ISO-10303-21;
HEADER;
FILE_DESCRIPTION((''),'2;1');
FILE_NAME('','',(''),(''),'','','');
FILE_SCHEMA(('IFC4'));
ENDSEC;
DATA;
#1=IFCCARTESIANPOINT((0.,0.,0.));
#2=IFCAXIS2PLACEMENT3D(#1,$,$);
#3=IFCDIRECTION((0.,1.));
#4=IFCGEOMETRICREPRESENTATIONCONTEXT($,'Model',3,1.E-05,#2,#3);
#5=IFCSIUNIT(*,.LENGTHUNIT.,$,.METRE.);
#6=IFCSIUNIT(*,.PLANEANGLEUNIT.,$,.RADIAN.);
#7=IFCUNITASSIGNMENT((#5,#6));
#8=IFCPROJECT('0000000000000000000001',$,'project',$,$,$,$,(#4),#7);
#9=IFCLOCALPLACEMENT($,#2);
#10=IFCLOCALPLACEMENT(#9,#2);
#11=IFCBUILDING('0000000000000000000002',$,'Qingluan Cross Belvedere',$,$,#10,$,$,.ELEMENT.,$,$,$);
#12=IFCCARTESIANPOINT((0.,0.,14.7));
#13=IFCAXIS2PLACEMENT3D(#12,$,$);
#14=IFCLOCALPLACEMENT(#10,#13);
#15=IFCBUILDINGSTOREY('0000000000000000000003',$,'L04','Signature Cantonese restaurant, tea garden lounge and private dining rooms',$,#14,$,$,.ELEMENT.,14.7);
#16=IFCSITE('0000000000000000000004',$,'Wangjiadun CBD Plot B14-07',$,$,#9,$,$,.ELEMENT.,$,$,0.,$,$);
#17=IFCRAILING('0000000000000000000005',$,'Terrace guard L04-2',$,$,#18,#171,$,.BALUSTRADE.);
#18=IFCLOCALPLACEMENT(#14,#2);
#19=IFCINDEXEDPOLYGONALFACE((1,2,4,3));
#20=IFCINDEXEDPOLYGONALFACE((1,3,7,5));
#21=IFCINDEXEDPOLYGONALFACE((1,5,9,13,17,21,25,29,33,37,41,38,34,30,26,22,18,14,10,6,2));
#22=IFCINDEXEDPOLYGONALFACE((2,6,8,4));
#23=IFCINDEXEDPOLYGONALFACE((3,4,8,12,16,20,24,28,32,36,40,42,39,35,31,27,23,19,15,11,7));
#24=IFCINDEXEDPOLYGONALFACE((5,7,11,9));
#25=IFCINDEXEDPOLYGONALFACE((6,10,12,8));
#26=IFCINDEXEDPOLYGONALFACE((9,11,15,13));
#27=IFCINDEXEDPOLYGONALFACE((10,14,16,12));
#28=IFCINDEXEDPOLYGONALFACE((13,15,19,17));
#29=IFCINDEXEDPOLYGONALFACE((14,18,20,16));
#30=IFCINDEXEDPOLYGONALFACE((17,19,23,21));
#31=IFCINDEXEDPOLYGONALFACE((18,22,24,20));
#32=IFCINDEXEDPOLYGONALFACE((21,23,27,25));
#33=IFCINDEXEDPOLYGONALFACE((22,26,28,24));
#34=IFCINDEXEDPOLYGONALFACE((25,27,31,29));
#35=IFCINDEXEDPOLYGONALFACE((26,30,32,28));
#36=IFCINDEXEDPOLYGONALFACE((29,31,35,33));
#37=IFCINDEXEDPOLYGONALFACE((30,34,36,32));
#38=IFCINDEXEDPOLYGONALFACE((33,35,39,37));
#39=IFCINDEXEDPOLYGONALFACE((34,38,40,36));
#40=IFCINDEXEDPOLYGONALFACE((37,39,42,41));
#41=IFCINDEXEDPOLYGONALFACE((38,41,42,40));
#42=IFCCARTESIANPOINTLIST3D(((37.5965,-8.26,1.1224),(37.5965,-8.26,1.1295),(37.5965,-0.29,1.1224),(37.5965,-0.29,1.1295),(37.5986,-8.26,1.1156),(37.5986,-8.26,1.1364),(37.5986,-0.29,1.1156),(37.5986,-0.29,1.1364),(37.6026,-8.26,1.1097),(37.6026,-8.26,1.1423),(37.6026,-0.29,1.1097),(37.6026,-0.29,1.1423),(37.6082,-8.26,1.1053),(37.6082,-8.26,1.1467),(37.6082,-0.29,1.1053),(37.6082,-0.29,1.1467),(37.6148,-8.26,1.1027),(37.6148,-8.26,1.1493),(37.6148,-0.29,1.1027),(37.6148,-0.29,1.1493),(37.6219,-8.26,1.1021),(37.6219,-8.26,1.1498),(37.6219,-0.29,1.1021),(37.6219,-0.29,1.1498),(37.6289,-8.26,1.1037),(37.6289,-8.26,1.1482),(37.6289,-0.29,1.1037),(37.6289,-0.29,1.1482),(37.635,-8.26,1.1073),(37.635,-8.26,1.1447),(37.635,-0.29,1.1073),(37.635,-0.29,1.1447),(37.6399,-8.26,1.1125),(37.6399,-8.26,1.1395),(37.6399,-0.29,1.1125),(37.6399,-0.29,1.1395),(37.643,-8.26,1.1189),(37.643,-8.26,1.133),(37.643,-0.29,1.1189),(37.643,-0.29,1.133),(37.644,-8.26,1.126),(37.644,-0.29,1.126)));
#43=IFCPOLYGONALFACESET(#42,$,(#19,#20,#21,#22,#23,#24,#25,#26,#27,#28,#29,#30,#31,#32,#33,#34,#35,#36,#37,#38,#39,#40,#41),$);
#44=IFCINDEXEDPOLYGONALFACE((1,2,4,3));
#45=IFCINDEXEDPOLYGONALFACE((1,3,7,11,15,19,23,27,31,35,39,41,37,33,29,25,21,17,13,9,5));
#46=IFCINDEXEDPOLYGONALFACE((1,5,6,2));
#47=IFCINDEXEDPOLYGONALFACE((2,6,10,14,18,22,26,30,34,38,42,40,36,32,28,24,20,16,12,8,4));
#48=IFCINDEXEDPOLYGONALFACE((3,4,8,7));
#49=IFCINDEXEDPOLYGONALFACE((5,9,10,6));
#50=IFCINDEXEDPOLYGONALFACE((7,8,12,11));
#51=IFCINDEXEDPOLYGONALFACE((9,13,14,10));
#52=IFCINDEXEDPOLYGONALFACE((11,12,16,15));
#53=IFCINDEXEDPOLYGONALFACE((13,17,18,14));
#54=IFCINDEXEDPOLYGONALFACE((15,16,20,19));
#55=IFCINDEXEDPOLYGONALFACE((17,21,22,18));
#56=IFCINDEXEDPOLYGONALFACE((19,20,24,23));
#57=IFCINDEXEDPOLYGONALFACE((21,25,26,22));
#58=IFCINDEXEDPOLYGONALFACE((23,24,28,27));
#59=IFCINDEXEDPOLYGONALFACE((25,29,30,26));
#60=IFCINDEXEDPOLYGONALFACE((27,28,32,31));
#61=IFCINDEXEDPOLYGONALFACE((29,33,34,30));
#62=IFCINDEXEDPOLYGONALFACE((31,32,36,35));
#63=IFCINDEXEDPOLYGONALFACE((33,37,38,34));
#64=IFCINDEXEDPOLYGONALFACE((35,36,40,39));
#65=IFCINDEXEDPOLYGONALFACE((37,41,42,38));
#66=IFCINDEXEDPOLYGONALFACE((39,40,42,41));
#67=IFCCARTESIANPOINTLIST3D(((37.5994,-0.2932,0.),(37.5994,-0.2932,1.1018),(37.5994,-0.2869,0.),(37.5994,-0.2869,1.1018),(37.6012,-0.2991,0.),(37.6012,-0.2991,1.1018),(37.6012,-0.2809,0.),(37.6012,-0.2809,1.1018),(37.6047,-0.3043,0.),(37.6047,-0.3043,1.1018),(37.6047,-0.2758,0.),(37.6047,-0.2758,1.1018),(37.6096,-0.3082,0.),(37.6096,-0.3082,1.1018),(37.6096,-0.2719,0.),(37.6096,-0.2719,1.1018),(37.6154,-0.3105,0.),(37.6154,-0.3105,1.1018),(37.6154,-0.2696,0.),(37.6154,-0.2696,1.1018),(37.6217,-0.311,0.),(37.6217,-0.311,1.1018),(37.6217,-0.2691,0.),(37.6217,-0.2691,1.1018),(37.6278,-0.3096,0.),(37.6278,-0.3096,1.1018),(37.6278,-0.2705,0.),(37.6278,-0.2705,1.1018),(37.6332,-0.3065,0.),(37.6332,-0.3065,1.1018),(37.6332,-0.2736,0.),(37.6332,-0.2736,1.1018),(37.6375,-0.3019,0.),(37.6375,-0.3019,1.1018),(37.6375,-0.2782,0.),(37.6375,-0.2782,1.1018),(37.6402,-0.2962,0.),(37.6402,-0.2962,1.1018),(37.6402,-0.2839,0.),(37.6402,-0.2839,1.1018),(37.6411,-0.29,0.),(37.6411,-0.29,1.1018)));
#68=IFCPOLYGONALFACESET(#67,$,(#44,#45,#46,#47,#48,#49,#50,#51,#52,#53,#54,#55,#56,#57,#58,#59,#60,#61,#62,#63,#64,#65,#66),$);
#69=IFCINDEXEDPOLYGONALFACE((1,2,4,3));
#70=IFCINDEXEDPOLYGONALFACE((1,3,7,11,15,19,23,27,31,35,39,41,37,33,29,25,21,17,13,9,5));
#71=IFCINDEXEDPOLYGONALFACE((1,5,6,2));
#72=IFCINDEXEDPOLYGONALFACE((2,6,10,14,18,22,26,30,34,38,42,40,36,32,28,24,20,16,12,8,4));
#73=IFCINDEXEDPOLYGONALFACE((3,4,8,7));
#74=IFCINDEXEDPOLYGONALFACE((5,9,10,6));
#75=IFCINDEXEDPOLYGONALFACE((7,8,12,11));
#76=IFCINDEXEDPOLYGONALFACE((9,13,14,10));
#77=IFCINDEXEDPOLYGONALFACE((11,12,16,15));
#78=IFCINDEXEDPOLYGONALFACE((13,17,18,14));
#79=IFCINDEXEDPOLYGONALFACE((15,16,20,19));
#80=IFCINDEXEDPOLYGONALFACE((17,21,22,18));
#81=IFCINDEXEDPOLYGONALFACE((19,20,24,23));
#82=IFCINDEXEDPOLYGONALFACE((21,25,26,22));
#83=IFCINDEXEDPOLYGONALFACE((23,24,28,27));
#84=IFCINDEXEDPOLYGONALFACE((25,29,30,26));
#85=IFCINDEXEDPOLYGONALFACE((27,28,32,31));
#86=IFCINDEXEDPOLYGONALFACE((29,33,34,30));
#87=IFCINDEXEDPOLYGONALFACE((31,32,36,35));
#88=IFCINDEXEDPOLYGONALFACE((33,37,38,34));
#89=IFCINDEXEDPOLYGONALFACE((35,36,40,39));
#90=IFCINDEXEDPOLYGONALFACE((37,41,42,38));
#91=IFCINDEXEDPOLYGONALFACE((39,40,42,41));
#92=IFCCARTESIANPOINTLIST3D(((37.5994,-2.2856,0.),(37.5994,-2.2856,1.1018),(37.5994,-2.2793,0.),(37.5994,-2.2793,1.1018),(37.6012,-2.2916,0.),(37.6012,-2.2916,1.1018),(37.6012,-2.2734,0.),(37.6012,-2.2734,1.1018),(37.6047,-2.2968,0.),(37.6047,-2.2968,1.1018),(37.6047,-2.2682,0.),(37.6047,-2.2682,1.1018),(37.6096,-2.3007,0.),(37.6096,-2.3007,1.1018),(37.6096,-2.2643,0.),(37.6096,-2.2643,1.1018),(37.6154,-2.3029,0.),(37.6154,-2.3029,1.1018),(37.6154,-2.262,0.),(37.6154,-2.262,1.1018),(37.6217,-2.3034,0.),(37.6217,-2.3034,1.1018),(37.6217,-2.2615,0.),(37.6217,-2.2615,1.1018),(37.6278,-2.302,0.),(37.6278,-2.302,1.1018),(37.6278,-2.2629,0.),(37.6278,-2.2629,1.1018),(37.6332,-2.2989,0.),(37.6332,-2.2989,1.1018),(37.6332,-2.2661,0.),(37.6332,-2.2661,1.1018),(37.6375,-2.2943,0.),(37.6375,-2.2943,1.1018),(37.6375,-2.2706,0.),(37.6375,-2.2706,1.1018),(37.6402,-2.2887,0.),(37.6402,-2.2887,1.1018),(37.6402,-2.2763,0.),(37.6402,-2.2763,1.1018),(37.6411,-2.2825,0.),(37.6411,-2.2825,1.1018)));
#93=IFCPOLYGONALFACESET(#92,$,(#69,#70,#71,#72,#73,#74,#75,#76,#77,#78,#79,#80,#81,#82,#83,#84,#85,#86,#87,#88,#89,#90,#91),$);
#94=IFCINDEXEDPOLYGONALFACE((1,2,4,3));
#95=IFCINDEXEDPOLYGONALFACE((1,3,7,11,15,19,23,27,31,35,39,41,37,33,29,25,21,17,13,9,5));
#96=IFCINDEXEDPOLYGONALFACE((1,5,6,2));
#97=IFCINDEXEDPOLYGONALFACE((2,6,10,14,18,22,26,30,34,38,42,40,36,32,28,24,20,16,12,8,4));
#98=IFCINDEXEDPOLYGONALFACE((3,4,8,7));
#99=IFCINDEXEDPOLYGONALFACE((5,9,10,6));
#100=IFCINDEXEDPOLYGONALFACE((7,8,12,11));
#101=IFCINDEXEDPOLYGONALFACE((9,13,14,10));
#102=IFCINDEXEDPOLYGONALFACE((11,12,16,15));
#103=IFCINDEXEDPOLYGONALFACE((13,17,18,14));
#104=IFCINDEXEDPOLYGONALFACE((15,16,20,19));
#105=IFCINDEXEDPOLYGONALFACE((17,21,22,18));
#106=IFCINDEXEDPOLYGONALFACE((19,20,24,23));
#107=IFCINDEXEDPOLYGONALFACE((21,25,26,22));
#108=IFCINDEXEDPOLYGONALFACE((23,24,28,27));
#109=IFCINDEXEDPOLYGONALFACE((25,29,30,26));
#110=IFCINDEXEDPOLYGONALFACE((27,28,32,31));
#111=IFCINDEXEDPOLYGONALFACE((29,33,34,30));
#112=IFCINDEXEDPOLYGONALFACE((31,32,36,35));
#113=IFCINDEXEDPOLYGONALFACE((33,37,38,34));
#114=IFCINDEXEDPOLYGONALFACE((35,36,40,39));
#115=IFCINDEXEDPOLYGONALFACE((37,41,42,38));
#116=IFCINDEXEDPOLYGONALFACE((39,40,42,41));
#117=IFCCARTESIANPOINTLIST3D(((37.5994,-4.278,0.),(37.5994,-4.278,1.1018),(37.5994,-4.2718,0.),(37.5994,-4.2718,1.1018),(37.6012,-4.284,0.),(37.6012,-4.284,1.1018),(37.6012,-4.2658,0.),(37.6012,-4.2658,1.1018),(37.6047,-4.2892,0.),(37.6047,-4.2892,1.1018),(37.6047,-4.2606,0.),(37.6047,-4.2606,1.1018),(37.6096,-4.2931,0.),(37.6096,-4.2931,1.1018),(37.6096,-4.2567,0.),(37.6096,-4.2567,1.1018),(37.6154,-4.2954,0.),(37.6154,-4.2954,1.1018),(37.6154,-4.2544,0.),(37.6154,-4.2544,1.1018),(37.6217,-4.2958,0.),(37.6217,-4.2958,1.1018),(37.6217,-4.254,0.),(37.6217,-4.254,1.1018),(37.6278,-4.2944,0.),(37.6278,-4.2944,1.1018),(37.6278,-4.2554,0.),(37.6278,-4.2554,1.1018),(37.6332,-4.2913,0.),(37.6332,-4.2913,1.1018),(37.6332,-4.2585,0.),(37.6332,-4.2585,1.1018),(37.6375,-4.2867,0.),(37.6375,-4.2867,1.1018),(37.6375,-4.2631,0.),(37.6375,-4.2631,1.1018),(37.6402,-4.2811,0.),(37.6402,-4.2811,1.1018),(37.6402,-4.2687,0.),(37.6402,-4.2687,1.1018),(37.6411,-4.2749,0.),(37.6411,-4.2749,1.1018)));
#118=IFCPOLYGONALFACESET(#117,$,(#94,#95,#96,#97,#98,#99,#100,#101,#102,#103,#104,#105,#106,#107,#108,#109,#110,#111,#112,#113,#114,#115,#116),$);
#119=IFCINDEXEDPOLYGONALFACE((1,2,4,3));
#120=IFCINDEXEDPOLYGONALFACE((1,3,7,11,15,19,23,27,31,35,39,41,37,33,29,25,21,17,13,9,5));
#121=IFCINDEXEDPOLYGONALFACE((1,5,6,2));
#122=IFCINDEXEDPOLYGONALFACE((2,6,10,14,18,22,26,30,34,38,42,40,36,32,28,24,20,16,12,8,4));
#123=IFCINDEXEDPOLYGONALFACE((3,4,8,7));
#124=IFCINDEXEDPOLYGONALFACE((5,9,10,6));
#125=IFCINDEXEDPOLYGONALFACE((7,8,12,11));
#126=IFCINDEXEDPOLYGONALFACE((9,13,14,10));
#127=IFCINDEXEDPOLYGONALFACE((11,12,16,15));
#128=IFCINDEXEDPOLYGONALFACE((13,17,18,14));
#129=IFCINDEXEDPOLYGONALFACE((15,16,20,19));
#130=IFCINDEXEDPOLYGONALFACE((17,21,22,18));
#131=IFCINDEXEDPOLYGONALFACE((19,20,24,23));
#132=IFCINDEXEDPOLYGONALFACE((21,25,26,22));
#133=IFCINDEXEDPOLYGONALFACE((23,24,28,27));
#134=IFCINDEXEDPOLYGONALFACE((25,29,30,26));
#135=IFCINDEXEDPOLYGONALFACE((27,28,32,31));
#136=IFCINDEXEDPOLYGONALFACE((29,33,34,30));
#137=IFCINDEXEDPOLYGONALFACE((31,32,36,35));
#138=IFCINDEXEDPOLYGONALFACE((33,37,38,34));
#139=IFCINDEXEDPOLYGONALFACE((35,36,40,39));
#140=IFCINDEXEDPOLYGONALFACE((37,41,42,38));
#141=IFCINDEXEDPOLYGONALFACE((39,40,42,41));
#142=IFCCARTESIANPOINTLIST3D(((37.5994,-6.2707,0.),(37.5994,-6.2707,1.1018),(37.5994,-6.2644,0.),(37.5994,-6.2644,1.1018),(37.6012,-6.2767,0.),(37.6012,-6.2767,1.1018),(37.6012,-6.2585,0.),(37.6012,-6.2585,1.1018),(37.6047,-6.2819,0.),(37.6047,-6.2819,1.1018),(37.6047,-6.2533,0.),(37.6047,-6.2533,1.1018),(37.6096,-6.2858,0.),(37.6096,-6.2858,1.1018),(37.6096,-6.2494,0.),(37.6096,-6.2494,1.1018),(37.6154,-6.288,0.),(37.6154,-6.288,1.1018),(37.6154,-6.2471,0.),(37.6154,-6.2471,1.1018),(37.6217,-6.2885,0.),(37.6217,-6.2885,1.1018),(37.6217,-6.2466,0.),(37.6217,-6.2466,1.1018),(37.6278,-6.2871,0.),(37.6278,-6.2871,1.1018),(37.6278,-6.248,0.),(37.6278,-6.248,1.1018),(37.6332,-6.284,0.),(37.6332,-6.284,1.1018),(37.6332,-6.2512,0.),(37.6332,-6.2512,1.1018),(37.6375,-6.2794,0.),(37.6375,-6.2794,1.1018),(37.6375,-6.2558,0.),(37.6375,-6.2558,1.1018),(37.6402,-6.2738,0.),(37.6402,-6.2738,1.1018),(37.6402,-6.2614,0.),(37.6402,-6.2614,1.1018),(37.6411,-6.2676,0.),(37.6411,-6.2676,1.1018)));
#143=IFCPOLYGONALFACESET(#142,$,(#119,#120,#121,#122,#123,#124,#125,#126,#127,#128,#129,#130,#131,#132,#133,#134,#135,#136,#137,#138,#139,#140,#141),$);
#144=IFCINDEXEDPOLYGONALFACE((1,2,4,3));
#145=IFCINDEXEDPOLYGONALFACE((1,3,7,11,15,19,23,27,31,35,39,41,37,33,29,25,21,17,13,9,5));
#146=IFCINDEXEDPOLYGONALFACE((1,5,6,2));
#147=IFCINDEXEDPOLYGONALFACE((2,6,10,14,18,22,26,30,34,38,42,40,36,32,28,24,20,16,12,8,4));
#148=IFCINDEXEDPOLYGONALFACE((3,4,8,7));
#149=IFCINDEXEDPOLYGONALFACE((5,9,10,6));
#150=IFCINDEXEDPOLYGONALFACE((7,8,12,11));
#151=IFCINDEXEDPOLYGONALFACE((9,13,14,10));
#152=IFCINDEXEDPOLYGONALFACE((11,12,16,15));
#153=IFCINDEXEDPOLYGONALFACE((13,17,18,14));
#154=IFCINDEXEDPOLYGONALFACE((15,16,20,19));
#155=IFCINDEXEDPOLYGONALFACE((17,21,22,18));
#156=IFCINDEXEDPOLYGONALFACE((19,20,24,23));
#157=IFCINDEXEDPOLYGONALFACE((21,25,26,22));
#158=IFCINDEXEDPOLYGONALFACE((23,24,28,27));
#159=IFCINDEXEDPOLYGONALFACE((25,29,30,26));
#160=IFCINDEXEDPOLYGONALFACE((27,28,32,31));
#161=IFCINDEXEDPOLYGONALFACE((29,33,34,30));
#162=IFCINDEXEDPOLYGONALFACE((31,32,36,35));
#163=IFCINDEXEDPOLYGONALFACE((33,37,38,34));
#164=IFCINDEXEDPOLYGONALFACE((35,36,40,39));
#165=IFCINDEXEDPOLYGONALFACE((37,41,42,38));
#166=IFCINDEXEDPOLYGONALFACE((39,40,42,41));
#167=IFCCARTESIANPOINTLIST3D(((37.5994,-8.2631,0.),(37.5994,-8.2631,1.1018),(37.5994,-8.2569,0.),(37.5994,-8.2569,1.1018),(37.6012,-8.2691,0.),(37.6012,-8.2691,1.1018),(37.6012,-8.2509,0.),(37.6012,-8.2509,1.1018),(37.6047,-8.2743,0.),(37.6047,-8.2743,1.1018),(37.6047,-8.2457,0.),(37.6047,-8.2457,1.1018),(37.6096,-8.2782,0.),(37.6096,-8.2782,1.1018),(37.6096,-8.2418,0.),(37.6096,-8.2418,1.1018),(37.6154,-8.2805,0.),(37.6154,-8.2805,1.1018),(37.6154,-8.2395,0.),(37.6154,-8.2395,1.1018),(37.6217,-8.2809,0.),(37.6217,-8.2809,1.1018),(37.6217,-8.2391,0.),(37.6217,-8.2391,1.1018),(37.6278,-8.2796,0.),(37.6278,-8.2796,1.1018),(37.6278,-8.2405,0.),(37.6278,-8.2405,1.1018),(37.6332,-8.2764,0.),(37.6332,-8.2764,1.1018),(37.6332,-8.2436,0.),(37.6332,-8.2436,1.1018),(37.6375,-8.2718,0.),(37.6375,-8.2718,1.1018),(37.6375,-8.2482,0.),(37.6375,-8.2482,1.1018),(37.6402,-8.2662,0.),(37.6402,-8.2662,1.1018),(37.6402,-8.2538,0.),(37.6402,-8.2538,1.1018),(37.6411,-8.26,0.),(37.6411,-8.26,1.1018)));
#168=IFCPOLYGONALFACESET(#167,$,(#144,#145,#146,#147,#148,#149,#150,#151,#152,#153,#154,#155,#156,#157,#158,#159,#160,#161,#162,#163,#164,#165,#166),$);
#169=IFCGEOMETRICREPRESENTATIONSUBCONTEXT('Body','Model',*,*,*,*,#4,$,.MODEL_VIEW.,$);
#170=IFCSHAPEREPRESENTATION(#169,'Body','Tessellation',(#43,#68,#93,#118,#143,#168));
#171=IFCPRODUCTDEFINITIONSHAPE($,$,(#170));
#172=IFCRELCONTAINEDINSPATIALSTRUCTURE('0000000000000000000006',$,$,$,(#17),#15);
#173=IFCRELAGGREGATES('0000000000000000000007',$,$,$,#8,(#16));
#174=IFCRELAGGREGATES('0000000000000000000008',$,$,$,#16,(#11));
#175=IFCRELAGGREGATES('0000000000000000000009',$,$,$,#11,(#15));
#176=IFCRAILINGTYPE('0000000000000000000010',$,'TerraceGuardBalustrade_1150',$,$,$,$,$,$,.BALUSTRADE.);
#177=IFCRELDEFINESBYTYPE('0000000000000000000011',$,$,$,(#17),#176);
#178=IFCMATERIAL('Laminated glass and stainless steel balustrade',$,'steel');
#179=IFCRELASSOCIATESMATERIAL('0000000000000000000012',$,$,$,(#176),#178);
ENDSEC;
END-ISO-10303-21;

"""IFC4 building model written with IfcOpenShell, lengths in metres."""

from ifc_helpers import new_model, si_unit, direction, frame, origin, origin_2d, place, context, subcontext, project, spatial, circle, extrude, material, type_object, element, save


model = new_model("IFC4")

# Units and contexts
model_context = context("Model", 3, precision=1e-05, world=origin(), true_north=direction((0.0, 1.0)))
body_context = subcontext(model_context, "Body", "Model", "MODEL_VIEW")
ifc_project = project(units=[si_unit("LENGTHUNIT", "METRE"), si_unit("PLANEANGLEUNIT", "RADIAN")], contexts=[model_context])

# Site, building, storey
site_placement = place(None, origin())
site = spatial("IfcSite", under=ifc_project, at=site_placement, Name="Wangjiadun CBD Plot B14-07", CompositionType="ELEMENT", RefElevation=0.0)
building_placement = place(site_placement, origin())
building = spatial("IfcBuilding", under=site, at=building_placement, Name="Qingluan Cross Belvedere", CompositionType="ELEMENT")
storey_placement = place(building_placement, frame((0.0, 0.0, 14.7)))
storey = spatial("IfcBuildingStorey", under=building, at=storey_placement, Name="L04", Description="Signature Cantonese restaurant, tea garden lounge and private dining rooms", CompositionType="ELEMENT", Elevation=14.7)

# Railing
ifc_material_1 = material(Name="Laminated glass and stainless steel balustrade", Category="steel")
railing_type = type_object("IfcRailingType", Name="TerraceGuardBalustrade_1150", PredefinedType="BALUSTRADE", material=ifc_material_1)
railing_placement = place(storey_placement, frame((37.6201, -0.29, 0.0)))
element("IfcRailing", 1, at=railing_placement, inside=storey, type_object=railing_type, Name="Terrace guard L04-2", PredefinedType="BALUSTRADE", context=body_context, shape_type="SweptSolid", body=[
    extrude(circle(Radius=0.0239, at=origin_2d()), frame((0.0, 0.0, 1.126), z_axis=(0.0, -1.0, 0.0), x_axis=(1.0, 0.0, 0.0)), (0.0, 0.0, 1.0), 7.97),
    extrude(circle(Radius=0.021, at=origin_2d()), origin(), (0.0, 0.0, 1.0), 1.1018),
    extrude(circle(Radius=0.021, at=origin_2d()), frame((0.0, -1.9924, 0.0)), (0.0, 0.0, 1.0), 1.1018),
    extrude(circle(Radius=0.021, at=origin_2d()), frame((0.0, -3.9849, 0.0)), (0.0, 0.0, 1.0), 1.1018),
    extrude(circle(Radius=0.021, at=origin_2d()), frame((0.0, -5.9775, 0.0)), (0.0, 0.0, 1.0), 1.1018),
    extrude(circle(Radius=0.021, at=origin_2d()), frame((0.0, -7.97, 0.0)), (0.0, 0.0, 1.0), 1.1018),
])

save(model, "model.ifc")
